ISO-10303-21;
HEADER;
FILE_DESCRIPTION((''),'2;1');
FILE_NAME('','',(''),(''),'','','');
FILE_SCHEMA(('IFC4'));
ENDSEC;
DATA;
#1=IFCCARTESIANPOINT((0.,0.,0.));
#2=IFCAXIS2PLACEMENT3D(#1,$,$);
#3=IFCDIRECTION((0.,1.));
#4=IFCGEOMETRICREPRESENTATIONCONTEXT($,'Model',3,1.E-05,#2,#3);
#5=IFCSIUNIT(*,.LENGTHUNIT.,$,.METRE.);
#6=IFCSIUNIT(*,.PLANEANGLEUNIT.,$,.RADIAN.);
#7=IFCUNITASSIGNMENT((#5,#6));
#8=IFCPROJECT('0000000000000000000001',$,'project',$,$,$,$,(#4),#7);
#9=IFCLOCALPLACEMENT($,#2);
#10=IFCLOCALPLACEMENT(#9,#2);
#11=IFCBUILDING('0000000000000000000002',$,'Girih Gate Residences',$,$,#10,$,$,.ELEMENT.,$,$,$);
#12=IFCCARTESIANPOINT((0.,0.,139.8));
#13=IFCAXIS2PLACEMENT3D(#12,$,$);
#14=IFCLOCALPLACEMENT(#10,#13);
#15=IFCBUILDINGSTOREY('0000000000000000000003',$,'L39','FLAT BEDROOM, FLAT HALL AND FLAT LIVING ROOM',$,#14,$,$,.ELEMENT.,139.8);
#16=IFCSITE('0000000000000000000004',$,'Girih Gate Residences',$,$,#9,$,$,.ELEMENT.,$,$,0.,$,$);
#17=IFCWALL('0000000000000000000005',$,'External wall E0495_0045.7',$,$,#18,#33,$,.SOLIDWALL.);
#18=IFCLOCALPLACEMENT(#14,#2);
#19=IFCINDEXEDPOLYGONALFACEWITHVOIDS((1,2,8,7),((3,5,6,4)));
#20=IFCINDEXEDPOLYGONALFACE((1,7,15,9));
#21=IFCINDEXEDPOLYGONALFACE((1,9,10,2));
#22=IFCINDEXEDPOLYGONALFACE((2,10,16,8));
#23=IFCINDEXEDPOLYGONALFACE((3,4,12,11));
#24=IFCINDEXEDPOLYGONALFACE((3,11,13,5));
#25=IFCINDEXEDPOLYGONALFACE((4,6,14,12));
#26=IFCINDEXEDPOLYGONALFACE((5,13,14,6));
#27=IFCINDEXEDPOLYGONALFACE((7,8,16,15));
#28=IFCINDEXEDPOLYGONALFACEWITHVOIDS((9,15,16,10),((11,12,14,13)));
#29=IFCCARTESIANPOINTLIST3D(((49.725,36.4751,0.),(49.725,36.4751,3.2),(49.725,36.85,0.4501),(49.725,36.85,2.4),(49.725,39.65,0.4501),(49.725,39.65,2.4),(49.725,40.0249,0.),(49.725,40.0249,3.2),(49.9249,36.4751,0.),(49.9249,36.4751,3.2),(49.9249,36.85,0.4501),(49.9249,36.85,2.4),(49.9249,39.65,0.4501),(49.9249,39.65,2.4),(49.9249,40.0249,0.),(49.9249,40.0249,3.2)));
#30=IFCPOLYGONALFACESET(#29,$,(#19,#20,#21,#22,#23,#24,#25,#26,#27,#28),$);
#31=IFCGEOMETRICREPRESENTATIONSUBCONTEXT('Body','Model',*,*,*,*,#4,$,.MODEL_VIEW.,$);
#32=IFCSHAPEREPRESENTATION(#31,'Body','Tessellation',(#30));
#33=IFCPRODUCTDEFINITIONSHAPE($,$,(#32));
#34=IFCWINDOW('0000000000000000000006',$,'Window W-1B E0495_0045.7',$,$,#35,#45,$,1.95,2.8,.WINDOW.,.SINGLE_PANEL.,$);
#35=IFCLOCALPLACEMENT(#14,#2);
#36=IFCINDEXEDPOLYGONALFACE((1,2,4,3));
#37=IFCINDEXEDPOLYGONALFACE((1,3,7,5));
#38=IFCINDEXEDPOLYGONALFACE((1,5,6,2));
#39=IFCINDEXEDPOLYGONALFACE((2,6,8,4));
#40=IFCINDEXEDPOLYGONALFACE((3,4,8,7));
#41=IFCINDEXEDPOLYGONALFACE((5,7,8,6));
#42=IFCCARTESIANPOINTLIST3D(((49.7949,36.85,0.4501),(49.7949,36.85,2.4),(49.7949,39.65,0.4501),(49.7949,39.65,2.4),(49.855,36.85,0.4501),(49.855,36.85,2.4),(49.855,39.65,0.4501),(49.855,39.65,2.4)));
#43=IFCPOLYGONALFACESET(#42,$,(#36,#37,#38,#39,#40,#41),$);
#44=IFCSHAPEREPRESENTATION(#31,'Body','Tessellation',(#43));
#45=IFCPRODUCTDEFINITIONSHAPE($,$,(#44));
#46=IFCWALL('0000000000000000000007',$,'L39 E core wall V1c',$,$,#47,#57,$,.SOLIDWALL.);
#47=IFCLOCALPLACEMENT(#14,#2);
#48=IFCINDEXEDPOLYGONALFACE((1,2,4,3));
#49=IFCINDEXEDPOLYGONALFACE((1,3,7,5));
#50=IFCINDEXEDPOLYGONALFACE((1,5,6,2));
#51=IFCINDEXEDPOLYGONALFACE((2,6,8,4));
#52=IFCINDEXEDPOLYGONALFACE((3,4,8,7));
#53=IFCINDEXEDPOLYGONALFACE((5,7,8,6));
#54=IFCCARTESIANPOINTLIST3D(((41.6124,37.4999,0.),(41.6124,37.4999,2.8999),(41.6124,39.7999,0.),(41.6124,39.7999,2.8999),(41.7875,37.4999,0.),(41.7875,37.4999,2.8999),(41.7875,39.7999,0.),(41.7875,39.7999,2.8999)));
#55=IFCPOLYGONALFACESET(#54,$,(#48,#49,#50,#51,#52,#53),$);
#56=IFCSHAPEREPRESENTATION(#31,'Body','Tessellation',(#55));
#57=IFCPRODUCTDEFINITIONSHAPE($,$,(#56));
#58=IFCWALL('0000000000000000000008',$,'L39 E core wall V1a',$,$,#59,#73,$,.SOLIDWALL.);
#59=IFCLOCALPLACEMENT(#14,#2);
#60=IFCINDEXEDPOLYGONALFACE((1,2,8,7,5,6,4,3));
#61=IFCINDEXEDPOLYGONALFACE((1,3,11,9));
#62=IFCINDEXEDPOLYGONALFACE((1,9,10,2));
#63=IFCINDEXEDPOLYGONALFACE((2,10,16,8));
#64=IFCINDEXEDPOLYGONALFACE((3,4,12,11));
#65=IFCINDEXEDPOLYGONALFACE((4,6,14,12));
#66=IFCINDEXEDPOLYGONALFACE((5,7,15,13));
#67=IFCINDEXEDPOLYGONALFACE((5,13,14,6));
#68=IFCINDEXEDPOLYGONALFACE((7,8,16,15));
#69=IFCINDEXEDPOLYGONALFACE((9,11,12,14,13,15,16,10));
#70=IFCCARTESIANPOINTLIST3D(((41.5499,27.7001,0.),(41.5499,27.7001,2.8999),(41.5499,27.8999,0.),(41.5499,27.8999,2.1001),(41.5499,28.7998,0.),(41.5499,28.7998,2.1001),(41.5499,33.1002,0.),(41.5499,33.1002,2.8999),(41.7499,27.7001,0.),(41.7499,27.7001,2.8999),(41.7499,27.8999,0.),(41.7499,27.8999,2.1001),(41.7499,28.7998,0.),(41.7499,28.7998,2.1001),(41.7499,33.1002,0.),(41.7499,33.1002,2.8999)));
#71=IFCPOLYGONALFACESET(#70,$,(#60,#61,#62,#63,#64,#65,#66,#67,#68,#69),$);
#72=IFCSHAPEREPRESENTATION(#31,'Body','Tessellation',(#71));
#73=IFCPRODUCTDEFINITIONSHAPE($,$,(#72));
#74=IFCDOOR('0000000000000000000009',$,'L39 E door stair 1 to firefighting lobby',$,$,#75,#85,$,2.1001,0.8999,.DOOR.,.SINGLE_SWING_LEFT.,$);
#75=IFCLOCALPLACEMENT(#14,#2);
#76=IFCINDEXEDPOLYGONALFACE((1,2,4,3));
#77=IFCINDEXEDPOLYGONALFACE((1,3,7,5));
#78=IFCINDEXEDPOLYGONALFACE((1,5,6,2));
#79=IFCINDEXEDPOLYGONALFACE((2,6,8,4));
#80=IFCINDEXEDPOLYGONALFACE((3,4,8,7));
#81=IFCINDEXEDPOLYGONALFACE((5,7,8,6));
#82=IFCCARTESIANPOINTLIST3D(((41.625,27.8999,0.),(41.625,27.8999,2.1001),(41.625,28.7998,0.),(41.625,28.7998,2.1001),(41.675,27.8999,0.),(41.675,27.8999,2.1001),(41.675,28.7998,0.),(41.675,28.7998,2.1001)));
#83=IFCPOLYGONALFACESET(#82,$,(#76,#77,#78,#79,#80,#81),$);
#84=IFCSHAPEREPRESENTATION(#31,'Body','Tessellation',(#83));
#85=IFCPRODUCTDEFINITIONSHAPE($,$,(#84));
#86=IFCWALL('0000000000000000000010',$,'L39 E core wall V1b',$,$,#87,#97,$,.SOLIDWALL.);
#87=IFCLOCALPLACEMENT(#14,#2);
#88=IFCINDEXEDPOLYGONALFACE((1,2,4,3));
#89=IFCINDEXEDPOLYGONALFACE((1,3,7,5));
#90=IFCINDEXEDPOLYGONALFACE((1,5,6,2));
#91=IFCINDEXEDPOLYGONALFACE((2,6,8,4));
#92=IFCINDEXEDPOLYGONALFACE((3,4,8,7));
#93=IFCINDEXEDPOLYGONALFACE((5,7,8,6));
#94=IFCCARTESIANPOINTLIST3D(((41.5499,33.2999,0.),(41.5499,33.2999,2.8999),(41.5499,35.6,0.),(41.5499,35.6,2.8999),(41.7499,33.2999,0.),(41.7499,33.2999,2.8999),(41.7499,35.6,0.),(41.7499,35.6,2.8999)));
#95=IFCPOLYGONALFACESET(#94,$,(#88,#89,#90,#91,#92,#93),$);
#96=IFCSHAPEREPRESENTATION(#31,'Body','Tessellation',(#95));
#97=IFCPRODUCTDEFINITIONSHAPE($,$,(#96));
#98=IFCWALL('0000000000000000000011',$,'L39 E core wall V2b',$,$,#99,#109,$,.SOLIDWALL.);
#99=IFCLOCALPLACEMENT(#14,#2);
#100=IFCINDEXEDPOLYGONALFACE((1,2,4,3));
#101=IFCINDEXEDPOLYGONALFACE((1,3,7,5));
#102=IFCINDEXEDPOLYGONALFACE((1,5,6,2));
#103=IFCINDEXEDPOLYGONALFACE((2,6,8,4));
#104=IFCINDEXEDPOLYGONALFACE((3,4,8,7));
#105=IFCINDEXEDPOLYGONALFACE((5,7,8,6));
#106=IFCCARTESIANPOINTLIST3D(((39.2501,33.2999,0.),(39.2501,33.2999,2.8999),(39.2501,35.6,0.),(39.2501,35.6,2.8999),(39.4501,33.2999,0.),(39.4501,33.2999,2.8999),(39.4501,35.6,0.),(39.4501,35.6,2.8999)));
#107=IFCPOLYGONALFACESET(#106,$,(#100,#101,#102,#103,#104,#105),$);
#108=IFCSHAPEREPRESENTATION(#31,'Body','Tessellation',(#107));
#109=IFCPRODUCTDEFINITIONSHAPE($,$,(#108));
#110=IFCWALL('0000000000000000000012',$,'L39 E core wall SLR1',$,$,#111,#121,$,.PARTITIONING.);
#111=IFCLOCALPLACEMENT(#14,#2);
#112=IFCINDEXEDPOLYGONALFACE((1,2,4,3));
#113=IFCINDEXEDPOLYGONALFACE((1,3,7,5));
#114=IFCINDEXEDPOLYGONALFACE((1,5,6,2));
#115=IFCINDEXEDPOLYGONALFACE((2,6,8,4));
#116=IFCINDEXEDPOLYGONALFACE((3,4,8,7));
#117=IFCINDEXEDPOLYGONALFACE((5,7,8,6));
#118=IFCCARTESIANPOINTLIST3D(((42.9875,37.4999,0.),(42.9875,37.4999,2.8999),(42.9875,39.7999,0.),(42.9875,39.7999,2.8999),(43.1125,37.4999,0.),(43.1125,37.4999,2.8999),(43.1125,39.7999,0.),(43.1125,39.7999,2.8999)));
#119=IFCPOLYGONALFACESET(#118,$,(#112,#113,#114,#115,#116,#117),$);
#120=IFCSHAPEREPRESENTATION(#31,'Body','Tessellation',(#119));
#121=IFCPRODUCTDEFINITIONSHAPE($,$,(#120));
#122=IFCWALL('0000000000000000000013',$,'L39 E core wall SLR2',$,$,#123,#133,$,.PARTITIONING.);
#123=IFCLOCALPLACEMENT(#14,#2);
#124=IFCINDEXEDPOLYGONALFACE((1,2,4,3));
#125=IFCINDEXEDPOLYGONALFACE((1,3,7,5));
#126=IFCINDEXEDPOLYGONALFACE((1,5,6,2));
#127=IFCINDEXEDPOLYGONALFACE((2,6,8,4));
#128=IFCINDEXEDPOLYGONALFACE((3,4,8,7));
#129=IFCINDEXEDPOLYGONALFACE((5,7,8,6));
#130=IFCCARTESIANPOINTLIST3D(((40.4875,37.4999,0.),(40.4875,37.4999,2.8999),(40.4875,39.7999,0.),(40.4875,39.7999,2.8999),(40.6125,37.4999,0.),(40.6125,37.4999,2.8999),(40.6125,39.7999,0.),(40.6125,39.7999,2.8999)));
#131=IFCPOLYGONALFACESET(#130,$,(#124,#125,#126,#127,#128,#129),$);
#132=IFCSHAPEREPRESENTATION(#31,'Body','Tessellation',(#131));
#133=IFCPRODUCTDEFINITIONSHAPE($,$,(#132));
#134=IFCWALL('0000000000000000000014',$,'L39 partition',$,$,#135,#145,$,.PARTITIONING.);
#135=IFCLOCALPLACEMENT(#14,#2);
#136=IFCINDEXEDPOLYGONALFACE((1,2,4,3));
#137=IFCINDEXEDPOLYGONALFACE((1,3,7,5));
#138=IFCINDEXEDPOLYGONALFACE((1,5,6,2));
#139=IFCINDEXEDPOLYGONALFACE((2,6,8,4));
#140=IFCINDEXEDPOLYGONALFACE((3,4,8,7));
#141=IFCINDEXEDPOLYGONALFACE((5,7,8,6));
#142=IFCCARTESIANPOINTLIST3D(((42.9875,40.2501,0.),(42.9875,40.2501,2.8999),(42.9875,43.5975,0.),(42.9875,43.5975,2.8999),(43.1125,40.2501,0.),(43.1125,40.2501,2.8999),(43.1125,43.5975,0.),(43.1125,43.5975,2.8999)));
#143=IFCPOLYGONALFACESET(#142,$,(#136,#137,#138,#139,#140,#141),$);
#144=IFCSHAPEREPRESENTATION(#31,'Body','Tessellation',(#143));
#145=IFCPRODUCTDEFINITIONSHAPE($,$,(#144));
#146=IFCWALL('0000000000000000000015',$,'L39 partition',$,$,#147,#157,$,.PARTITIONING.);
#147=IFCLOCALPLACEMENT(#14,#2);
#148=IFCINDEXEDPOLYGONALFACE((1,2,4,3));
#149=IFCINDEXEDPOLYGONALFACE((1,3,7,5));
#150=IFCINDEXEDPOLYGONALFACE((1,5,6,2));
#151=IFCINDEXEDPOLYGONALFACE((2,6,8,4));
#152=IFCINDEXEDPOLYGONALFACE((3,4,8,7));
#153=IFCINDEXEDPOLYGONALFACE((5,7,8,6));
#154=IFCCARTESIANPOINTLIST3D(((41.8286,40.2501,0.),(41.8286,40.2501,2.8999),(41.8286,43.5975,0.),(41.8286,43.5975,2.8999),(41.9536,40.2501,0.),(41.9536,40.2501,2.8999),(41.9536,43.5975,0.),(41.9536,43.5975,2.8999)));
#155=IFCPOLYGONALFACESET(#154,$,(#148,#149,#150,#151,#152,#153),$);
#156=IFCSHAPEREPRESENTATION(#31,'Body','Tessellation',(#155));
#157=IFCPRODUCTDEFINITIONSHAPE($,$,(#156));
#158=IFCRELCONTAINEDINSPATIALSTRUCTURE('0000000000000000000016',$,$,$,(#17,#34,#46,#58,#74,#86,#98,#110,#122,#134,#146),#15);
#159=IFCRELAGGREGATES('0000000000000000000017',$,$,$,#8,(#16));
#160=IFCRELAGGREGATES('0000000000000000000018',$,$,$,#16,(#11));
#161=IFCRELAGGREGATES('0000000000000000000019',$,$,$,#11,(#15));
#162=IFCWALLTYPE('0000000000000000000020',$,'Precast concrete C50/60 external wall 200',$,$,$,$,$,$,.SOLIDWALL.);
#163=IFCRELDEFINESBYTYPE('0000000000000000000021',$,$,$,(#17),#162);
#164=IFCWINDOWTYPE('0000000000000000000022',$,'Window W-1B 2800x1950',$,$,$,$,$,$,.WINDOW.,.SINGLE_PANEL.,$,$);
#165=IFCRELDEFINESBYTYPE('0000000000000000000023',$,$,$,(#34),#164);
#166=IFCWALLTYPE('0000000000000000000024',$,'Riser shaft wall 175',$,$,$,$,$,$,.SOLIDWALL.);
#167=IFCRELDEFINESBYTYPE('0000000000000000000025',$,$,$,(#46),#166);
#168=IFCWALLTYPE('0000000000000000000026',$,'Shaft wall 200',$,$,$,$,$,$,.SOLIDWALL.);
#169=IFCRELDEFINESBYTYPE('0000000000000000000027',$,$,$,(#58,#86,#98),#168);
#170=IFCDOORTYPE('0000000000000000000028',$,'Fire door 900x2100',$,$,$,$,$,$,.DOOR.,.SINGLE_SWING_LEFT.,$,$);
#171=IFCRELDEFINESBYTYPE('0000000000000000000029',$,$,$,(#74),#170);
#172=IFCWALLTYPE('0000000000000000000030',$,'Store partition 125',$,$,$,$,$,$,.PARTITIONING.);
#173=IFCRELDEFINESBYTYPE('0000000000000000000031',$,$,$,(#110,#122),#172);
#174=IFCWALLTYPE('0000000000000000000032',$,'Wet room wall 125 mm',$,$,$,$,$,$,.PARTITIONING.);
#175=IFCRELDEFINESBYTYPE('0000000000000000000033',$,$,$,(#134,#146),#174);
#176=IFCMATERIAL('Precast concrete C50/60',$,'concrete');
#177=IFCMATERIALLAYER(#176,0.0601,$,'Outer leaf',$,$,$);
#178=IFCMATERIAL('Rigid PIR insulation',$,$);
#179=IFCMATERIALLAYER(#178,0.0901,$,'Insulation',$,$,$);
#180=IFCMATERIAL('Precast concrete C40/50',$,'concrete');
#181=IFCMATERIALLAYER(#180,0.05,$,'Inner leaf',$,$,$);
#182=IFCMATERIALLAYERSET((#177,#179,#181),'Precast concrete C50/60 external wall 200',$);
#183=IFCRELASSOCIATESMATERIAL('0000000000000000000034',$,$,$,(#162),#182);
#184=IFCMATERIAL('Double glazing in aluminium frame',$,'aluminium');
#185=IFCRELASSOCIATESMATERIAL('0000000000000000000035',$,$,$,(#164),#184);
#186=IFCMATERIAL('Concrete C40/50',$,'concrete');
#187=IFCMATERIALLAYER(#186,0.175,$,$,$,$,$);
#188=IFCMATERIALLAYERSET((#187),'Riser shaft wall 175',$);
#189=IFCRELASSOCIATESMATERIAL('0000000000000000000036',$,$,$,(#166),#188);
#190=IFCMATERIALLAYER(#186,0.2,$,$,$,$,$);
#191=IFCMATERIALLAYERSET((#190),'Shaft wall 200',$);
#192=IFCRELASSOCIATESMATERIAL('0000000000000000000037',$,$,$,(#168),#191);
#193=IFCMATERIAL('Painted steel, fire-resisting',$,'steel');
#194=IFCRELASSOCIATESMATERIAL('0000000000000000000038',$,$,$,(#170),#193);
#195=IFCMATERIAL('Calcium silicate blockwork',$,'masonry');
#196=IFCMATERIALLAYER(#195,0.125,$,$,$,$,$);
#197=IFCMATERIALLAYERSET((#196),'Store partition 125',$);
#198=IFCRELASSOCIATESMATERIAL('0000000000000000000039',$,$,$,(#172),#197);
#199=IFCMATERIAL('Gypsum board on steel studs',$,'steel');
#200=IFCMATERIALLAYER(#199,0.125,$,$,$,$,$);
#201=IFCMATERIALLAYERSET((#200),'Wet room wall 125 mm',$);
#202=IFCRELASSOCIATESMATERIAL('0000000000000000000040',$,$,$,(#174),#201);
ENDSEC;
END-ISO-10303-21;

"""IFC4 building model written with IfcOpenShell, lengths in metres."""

from ifc_helpers import new_model, si_unit, direction, frame, frame_2d, origin, place, context, subcontext, project, spatial, rectangle, extrude, material, layer, layer_set, type_object, element, fill, save


model = new_model("IFC4")

# Units and contexts
model_context = context("Model", 3, precision=1e-05, world=origin(), true_north=direction((0.0, 1.0)))
body_context = subcontext(model_context, "Body", "Model", "MODEL_VIEW")
ifc_project = project(units=[si_unit("LENGTHUNIT", "METRE"), si_unit("PLANEANGLEUNIT", "RADIAN")], contexts=[model_context])

# Site, building, storey
site_placement = place(None, origin())
site = spatial("IfcSite", under=ifc_project, at=site_placement, Name="Girih Gate Residences", CompositionType="ELEMENT", RefElevation=0.0)
building_placement = place(site_placement, origin())
building = spatial("IfcBuilding", under=site, at=building_placement, Name="Girih Gate Residences", CompositionType="ELEMENT")
storey_placement = place(building_placement, frame((0.0, 0.0, 139.8)))
storey = spatial("IfcBuildingStorey", under=building, at=storey_placement, Name="L39", Description="FLAT BEDROOM, FLAT HALL AND FLAT LIVING ROOM", CompositionType="ELEMENT", Elevation=139.8)

# Shared definitions
ifc_material_1 = material(Name="Painted steel, fire-resisting", Category="steel")

# Shared definitions
ifc_material_2 = material(Name="Gypsum board on steel studs", Category="steel")

# Wall, opening, window
ifc_material_3 = material(Name="Precast concrete C50/60", Category="concrete")
ifc_layer_1 = layer(ifc_material_3, 0.0601, Name="Outer leaf")
ifc_material_4 = material(Name="Rigid PIR insulation")
ifc_layer_2 = layer(ifc_material_4, 0.0901, Name="Insulation")
ifc_material_5 = material(Name="Precast concrete C40/50", Category="concrete")
ifc_layer_3 = layer(ifc_material_5, 0.05, Name="Inner leaf")
ifc_layer_set_1 = layer_set([ifc_layer_1, ifc_layer_2, ifc_layer_3], Name="Precast concrete C50/60 external wall 200")
wall_type_1 = type_object("IfcWallType", Name="Precast concrete C50/60 external wall 200", PredefinedType="SOLIDWALL", material=ifc_layer_set_1)
ifc_material_6 = material(Name="Double glazing in aluminium frame", Category="aluminium")
window_type = type_object("IfcWindowType", Name="Window W-1B 2800x1950", PartitioningType="SINGLE_PANEL", PredefinedType="WINDOW", material=ifc_material_6)
wall_1_placement = place(storey_placement, frame((49.825, 40.0249, 0.0), z_axis=(0.0, 0.0, 1.0), x_axis=(0.0, -1.0, 0.0)))
wall_1 = element("IfcWall", 1, at=wall_1_placement, inside=storey, type_object=wall_type_1, Name="External wall E0495_0045.7", PredefinedType="SOLIDWALL", context=body_context, shape_type="SweptSolid", body=[
    extrude(rectangle(XDim=3.5498, YDim=0.2, at=frame_2d((1.7749, 0.0))), origin(), (0.0, 0.0, 1.0), 3.2),
])
opening_1_placement = place(wall_1_placement, frame((0.375, 0.0, 0.45)))
opening_1 = element("IfcOpeningElement", 2, at=opening_1_placement, cuts=wall_1, PredefinedType="OPENING", context=body_context, shape_type="SweptSolid", body=[
    extrude(rectangle(XDim=2.8, YDim=1.95, at=frame_2d((1.3999, 0.9751))), frame((0.0, 0.1099, 0.0), z_axis=(0.0, -1.0, 0.0), x_axis=(1.0, 0.0, 0.0)), (0.0, 0.0, 1.0), 0.22),
])
window_1_placement = place(opening_1_placement, origin())
window_1 = element("IfcWindow", 3, at=window_1_placement, inside=storey, type_object=window_type, Name="Window W-1B E0495_0045.7", OverallHeight=1.95, OverallWidth=2.8, PartitioningType="SINGLE_PANEL", PredefinedType="WINDOW", context=body_context, shape_type="SweptSolid", body=[
    extrude(rectangle(XDim=2.8, YDim=1.95, at=frame_2d((1.3999, 0.9751))), frame((0.0, 0.03, 0.0), z_axis=(0.0, -1.0, 0.0), x_axis=(1.0, 0.0, 0.0)), (0.0, 0.0, 1.0), 0.0601),
])
fill(opening_1, window_1)

# Wall
ifc_material_7 = material(Name="Concrete C40/50", Category="concrete")
ifc_layer_4 = layer(ifc_material_7, 0.175)
ifc_layer_set_2 = layer_set([ifc_layer_4], Name="Riser shaft wall 175")
wall_type_2 = type_object("IfcWallType", Name="Riser shaft wall 175", PredefinedType="SOLIDWALL", material=ifc_layer_set_2)
wall_2_placement = place(storey_placement, frame((41.7, 37.5, 0.0), z_axis=(0.0, 0.0, 1.0), x_axis=(0.0, 1.0, 0.0)))
element("IfcWall", 4, at=wall_2_placement, inside=storey, type_object=wall_type_2, Name="L39 E core wall V1c", PredefinedType="SOLIDWALL", context=body_context, shape_type="SweptSolid", body=[
    extrude(rectangle(XDim=2.3, YDim=0.175, at=frame_2d((1.1499, 0.0))), origin(), (0.0, 0.0, 1.0), 2.8999),
])

# Wall, opening, door
ifc_layer_5 = layer(ifc_material_7, 0.2)
ifc_layer_set_3 = layer_set([ifc_layer_5], Name="Shaft wall 200")
wall_type_3 = type_object("IfcWallType", Name="Shaft wall 200", PredefinedType="SOLIDWALL", material=ifc_layer_set_3)
wall_3_placement = place(storey_placement, frame((41.6499, 27.7, 0.0), z_axis=(0.0, 0.0, 1.0), x_axis=(0.0, 1.0, 0.0)))
wall_3 = element("IfcWall", 5, at=wall_3_placement, inside=storey, type_object=wall_type_3, Name="L39 E core wall V1a", PredefinedType="SOLIDWALL", context=body_context, shape_type="SweptSolid", body=[
    extrude(rectangle(XDim=5.4001, YDim=0.2, at=frame_2d((2.7002, 0.0))), origin(), (0.0, 0.0, 1.0), 2.8999),
])
opening_2_placement = place(wall_3_placement, frame((0.2, 0.0, 0.0)))
opening_2 = element("IfcOpeningElement", 6, at=opening_2_placement, cuts=wall_3, PredefinedType="OPENING", context=body_context, shape_type="SweptSolid", body=[
    extrude(rectangle(XDim=0.8999, YDim=2.1001, at=frame_2d((0.45, 1.05))), frame((0.0, 0.1099, 0.0), z_axis=(0.0, -1.0, 0.0), x_axis=(1.0, 0.0, 0.0)), (0.0, 0.0, 1.0), 0.22),
])
door_type_1 = type_object("IfcDoorType", Name="Fire door 900x2100", OperationType="SINGLE_SWING_LEFT", PredefinedType="DOOR", material=ifc_material_1)
door_1_placement = place(opening_2_placement, origin())
door_1 = element("IfcDoor", 7, at=door_1_placement, inside=storey, type_object=door_type_1, Name="L39 E door stair 1 to firefighting lobby", OperationType="SINGLE_SWING_LEFT", OverallHeight=2.1001, OverallWidth=0.8999, PredefinedType="DOOR", context=body_context, shape_type="SweptSolid", body=[
    extrude(rectangle(XDim=0.8999, YDim=2.1001, at=frame_2d((0.45, 1.05))), frame((0.0, 0.0249, 0.0), z_axis=(0.0, -1.0, 0.0), x_axis=(1.0, 0.0, 0.0)), (0.0, 0.0, 1.0), 0.05),
])
fill(opening_2, door_1)

# Walls
for number, where, z_axis, x_axis, name in (
    (8, (41.6499, 33.3, 0.0), (0.0, 0.0, 1.0), (0.0, 1.0, 0.0), "L39 E core wall V1b"),
    (9, (39.3501, 33.3, 0.0), (0.0, 0.0, 1.0), (0.0, 1.0, 0.0), "L39 E core wall V2b"),
):
    element("IfcWall", number, at=place(storey_placement, frame(where, z_axis=z_axis, x_axis=x_axis)), inside=storey, type_object=wall_type_3, Name=name, PredefinedType="SOLIDWALL", context=body_context, shape_type="SweptSolid", body=[
        extrude(rectangle(XDim=2.3, YDim=0.2, at=frame_2d((1.1499, 0.0))), origin(), (0.0, 0.0, 1.0), 2.8999),
    ])
ifc_material_8 = material(Name="Calcium silicate blockwork", Category="masonry")
ifc_layer_6 = layer(ifc_material_8, 0.125)
ifc_layer_set_4 = layer_set([ifc_layer_6], Name="Store partition 125")
wall_type_4 = type_object("IfcWallType", Name="Store partition 125", PredefinedType="PARTITIONING", material=ifc_layer_set_4)
for number, where, z_axis, x_axis, name in (
    (10, (43.05, 37.5, 0.0), (0.0, 0.0, 1.0), (0.0, 1.0, 0.0), "L39 E core wall SLR1"),
    (11, (40.55, 37.5, 0.0), (0.0, 0.0, 1.0), (0.0, 1.0, 0.0), "L39 E core wall SLR2"),
):
    element("IfcWall", number, at=place(storey_placement, frame(where, z_axis=z_axis, x_axis=x_axis)), inside=storey, type_object=wall_type_4, Name=name, PredefinedType="PARTITIONING", context=body_context, shape_type="SweptSolid", body=[
        extrude(rectangle(XDim=2.3, YDim=0.125, at=frame_2d((1.1499, 0.0))), origin(), (0.0, 0.0, 1.0), 2.8999),
    ])
ifc_layer_7 = layer(ifc_material_2, 0.125)
ifc_layer_set_5 = layer_set([ifc_layer_7], Name="Wet room wall 125 mm")
wall_type_5 = type_object("IfcWallType", Name="Wet room wall 125 mm", PredefinedType="PARTITIONING", material=ifc_layer_set_5)
for number, where, z_axis, x_axis, name in (
    (12, (43.05, 40.25, 0.0), (0.0, 0.0, 1.0), (0.0, 1.0, 0.0), "L39 partition"),
    (13, (41.8911, 40.25, 0.0), (0.0, 0.0, 1.0), (0.0, 1.0, 0.0), "L39 partition"),
):
    element("IfcWall", number, at=place(storey_placement, frame(where, z_axis=z_axis, x_axis=x_axis)), inside=storey, type_object=wall_type_5, Name=name, PredefinedType="PARTITIONING", context=body_context, shape_type="SweptSolid", body=[
        extrude(rectangle(XDim=3.3474, YDim=0.125, at=frame_2d((1.6738, 0.0))), origin(), (0.0, 0.0, 1.0), 2.8999),
    ])

save(model, "model.ifc")
